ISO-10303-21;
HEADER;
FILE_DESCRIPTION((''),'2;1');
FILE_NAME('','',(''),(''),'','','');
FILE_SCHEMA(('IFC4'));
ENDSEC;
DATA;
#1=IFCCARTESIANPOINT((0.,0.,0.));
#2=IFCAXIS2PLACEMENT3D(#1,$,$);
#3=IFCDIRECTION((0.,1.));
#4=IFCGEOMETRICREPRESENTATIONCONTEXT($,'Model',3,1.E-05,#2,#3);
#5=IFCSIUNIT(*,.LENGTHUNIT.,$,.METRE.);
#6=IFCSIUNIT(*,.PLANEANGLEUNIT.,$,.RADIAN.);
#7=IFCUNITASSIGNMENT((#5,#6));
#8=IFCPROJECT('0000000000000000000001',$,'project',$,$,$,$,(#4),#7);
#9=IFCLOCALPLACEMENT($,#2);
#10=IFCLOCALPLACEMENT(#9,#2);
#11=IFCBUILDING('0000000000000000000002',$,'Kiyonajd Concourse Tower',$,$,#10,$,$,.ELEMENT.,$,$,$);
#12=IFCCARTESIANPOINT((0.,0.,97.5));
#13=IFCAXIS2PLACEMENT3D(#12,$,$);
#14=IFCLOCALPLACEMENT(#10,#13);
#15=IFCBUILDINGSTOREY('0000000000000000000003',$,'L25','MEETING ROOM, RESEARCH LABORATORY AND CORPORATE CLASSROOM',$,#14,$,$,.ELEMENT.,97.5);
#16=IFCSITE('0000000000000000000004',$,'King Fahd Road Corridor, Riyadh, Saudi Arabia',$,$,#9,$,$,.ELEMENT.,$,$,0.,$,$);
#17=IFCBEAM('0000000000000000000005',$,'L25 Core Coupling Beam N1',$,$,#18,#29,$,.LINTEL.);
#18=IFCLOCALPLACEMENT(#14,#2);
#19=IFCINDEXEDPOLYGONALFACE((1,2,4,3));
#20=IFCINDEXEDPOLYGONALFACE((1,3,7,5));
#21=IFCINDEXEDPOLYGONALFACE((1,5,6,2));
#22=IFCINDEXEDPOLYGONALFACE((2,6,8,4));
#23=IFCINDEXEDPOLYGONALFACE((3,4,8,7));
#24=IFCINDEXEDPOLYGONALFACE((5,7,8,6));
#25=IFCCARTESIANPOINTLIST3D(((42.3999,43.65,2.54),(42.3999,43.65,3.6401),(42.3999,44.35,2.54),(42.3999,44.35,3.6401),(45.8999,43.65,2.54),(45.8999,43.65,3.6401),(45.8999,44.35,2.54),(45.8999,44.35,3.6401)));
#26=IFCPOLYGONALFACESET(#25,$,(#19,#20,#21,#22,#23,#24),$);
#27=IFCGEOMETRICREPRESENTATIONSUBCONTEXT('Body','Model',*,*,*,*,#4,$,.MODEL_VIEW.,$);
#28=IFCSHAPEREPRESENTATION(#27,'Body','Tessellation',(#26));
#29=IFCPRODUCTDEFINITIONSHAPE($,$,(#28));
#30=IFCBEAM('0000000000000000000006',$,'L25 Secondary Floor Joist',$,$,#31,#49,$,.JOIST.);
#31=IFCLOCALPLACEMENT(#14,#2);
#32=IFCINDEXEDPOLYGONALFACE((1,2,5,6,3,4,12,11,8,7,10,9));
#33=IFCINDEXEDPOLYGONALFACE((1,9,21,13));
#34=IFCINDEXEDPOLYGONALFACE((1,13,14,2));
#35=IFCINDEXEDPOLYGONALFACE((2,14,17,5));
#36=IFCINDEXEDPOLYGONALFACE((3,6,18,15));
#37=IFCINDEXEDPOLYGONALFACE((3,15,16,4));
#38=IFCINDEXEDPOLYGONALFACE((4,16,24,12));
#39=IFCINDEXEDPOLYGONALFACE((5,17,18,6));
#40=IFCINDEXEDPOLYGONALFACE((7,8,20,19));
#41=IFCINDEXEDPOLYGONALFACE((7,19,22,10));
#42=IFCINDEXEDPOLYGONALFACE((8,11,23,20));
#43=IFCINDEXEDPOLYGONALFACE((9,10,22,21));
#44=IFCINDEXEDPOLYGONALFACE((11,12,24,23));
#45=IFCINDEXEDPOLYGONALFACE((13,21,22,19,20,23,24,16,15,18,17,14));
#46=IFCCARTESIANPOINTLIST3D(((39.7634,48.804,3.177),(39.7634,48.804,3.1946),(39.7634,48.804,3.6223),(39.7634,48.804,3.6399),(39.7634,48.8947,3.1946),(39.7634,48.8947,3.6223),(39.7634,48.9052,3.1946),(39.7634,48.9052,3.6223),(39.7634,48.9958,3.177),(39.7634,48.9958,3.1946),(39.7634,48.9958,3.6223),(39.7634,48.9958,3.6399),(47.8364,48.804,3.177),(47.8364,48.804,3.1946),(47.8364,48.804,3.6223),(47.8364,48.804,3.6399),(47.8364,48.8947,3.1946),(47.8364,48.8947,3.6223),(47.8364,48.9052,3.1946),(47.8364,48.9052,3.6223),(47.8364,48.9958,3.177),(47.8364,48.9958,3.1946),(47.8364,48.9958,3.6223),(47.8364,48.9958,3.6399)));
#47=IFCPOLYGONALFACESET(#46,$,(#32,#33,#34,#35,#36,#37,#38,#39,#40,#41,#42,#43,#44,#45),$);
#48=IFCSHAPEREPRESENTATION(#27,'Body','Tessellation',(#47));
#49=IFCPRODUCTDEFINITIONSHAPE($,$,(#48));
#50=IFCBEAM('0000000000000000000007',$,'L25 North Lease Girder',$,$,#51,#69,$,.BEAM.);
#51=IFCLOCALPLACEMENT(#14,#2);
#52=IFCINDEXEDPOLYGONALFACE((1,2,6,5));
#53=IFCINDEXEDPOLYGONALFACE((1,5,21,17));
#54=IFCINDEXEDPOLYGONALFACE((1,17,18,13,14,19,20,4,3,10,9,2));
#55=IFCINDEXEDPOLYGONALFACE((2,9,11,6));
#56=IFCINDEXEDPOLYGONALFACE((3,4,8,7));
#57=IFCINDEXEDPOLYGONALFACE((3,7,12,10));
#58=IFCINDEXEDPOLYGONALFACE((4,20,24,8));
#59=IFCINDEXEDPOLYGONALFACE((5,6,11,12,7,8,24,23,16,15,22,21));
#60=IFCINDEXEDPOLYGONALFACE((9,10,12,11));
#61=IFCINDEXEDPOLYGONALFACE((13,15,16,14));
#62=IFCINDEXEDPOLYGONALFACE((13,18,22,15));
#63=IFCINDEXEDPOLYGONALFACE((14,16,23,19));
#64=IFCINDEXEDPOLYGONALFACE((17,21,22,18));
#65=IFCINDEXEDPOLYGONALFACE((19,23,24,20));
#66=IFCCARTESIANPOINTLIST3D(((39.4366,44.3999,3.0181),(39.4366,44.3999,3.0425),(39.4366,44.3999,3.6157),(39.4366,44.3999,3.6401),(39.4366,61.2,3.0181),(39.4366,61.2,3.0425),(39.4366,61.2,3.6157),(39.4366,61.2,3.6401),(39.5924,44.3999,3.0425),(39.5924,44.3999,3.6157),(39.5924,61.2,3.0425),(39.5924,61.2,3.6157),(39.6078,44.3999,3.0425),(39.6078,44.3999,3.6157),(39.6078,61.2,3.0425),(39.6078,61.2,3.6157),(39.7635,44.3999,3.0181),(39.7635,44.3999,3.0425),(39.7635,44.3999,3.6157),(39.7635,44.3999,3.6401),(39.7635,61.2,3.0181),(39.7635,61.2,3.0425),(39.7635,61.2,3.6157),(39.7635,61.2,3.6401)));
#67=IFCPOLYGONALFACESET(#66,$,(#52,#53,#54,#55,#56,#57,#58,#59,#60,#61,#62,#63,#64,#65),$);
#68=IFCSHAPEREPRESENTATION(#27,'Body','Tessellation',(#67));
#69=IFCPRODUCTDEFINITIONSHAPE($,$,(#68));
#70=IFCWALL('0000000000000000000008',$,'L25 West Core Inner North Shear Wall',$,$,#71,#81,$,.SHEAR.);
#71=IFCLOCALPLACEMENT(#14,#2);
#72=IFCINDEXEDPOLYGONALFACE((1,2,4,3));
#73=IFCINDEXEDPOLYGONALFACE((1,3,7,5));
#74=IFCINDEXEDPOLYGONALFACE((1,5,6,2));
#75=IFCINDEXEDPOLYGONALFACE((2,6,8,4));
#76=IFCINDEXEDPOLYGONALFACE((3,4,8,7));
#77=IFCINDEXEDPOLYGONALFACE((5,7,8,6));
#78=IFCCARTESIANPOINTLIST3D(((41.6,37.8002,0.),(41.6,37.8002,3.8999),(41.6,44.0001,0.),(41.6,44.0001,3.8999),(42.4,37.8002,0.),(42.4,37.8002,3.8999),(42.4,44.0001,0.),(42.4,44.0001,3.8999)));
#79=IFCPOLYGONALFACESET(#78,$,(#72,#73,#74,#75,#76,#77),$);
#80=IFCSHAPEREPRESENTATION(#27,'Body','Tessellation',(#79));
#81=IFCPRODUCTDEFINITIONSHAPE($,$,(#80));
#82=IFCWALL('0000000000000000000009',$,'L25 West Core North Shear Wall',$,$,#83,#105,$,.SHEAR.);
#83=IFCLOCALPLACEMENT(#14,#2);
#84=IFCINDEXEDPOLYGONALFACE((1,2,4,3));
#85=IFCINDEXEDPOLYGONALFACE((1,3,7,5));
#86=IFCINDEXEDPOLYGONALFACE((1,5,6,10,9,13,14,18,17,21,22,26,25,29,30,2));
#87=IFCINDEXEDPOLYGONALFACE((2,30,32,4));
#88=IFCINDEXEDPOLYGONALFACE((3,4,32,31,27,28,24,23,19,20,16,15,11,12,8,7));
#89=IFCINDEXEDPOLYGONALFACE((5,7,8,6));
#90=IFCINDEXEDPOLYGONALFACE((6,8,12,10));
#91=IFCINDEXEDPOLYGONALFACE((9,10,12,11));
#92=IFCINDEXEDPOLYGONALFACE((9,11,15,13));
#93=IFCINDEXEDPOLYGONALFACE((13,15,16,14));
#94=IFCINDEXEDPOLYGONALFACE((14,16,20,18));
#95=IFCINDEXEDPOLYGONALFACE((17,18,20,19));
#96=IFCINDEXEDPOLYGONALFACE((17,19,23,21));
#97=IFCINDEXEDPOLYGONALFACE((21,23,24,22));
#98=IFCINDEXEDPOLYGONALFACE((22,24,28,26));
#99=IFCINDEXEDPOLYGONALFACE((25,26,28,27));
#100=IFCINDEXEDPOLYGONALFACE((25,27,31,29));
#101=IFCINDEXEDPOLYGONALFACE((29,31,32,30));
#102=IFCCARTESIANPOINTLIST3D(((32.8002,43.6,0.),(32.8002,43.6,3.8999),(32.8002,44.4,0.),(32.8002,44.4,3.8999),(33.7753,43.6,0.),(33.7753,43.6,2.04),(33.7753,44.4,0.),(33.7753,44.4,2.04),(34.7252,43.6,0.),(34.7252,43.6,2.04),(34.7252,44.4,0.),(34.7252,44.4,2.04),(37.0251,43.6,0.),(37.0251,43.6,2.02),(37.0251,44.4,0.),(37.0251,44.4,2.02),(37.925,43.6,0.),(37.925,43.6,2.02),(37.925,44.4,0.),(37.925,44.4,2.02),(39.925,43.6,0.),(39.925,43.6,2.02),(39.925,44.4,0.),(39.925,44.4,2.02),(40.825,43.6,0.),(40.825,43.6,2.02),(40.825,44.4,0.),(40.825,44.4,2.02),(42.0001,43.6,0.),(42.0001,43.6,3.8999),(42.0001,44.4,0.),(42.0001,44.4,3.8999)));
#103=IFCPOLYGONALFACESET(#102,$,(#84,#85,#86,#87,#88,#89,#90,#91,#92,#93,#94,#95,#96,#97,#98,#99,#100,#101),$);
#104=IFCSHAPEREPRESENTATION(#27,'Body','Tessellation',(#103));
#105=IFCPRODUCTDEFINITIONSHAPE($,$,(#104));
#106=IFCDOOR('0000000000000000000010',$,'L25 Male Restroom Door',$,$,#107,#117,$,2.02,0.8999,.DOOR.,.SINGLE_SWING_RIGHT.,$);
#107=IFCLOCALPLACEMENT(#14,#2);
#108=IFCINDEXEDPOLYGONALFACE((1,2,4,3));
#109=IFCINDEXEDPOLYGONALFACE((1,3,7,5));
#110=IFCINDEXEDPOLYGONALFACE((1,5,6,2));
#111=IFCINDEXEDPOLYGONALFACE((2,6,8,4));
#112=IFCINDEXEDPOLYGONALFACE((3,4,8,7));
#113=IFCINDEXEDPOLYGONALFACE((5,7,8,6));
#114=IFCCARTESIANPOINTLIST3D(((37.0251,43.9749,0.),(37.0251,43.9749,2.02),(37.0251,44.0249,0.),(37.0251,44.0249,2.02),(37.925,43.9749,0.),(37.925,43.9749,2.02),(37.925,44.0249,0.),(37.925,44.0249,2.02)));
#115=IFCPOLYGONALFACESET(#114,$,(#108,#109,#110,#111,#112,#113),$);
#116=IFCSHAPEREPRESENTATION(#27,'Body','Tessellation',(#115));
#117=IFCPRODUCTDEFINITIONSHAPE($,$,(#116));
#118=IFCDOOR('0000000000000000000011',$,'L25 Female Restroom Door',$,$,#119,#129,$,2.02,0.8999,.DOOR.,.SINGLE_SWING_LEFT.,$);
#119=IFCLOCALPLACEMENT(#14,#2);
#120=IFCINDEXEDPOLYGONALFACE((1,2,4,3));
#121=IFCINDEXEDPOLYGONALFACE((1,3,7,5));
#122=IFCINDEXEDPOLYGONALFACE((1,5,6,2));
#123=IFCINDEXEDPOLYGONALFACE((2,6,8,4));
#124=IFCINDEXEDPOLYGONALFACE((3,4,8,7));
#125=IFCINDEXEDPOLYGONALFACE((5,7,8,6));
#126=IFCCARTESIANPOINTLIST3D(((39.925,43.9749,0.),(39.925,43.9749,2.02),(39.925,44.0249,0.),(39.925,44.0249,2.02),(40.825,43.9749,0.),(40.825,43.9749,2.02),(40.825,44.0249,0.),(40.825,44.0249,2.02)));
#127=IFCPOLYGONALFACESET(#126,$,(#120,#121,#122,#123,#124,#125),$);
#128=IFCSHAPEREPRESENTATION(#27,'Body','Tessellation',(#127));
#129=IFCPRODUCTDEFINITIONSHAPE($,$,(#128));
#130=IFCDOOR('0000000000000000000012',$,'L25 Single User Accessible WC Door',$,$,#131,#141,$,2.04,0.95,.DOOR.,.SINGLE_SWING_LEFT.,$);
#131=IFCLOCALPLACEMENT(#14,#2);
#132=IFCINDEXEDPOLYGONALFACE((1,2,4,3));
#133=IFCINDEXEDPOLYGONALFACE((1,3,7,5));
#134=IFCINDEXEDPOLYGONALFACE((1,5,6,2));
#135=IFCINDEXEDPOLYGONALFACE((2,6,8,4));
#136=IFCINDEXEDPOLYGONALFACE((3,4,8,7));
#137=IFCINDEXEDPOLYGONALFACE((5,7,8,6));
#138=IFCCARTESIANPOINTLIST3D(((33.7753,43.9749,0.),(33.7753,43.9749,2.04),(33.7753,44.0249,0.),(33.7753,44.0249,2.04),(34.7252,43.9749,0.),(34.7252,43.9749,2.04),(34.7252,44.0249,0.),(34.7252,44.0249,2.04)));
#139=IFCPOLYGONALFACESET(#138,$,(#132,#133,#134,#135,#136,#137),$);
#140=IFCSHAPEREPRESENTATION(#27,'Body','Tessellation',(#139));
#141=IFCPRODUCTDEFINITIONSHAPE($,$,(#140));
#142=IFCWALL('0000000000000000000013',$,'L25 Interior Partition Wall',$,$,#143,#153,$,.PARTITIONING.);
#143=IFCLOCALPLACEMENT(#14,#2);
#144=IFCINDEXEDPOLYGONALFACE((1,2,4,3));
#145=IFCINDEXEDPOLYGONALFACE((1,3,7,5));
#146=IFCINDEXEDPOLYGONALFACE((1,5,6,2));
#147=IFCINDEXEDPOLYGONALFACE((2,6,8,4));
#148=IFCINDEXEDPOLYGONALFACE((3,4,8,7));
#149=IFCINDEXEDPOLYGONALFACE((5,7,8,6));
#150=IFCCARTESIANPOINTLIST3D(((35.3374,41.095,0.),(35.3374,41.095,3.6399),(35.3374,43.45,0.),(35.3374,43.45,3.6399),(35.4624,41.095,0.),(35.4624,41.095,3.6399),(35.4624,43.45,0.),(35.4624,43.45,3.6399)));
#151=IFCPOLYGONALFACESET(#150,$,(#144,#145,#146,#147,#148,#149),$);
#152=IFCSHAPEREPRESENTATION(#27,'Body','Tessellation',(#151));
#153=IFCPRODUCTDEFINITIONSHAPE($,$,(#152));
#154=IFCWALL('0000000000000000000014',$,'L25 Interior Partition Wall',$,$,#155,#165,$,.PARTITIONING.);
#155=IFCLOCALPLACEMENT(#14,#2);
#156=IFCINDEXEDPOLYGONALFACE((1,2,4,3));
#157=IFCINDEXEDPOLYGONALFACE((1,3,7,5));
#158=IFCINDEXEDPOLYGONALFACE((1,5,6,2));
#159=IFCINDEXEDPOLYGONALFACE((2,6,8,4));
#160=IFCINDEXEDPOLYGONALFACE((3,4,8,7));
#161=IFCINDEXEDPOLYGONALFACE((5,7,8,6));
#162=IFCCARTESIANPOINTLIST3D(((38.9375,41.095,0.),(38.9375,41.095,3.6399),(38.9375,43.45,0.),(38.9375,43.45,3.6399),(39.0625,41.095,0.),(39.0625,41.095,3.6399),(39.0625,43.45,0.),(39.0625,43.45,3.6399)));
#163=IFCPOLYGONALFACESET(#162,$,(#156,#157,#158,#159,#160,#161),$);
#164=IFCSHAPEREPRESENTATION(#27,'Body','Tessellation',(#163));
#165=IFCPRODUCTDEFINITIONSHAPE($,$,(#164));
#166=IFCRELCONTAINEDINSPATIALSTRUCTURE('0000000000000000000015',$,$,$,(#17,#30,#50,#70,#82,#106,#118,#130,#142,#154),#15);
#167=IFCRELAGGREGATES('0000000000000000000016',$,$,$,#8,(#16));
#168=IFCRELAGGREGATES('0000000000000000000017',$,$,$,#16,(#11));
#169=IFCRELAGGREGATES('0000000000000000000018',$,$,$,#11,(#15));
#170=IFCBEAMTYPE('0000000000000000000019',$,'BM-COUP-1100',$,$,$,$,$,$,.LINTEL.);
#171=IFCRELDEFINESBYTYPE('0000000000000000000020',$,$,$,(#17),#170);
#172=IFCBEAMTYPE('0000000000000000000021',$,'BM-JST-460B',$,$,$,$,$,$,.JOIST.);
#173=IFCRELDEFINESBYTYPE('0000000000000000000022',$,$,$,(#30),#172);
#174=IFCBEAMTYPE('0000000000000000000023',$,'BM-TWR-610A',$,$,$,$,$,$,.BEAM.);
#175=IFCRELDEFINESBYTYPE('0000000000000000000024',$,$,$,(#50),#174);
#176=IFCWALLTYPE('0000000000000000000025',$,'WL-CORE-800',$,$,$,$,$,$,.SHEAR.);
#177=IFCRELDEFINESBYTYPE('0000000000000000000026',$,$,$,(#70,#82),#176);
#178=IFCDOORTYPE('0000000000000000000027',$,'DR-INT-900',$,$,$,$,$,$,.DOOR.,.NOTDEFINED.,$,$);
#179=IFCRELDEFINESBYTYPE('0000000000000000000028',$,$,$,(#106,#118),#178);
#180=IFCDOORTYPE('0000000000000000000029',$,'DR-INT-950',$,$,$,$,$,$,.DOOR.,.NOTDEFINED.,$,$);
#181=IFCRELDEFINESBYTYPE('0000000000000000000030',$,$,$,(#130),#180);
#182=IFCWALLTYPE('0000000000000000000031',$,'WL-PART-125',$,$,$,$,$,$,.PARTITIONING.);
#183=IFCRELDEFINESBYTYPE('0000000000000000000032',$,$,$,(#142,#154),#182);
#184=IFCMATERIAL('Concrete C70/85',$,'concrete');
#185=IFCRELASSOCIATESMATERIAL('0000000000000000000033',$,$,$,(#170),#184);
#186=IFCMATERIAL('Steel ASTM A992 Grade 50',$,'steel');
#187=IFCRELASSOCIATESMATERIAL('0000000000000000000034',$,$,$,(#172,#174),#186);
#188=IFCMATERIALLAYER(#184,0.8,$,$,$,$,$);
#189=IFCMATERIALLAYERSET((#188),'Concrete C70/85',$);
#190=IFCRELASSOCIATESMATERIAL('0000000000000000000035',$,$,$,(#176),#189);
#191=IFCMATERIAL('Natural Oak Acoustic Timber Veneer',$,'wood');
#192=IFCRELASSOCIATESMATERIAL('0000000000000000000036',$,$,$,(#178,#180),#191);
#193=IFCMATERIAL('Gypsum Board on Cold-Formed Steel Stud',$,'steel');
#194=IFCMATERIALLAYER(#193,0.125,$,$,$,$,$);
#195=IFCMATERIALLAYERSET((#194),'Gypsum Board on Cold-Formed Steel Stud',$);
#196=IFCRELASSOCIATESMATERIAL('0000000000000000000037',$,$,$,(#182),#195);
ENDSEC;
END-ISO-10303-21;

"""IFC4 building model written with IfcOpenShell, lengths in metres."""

from ifc_helpers import new_model, si_unit, direction, frame, frame_2d, origin, origin_2d, place, context, subcontext, project, spatial, rectangle, i_section, extrude, material, layer, layer_set, material_profile, profile_set, type_object, element, fill, save


model = new_model("IFC4")

# Units and contexts
model_context = context("Model", 3, precision=1e-05, world=origin(), true_north=direction((0.0, 1.0)))
body_context = subcontext(model_context, "Body", "Model", "MODEL_VIEW")
ifc_project = project(units=[si_unit("LENGTHUNIT", "METRE"), si_unit("PLANEANGLEUNIT", "RADIAN")], contexts=[model_context])

# Site, building, storey
site_placement = place(None, origin())
site = spatial("IfcSite", under=ifc_project, at=site_placement, Name="King Fahd Road Corridor, Riyadh, Saudi Arabia", CompositionType="ELEMENT", RefElevation=0.0)
building_placement = place(site_placement, origin())
building = spatial("IfcBuilding", under=site, at=building_placement, Name="Kiyonajd Concourse Tower", CompositionType="ELEMENT")
storey_placement = place(building_placement, frame((0.0, 0.0, 97.5)))
storey = spatial("IfcBuildingStorey", under=building, at=storey_placement, Name="L25", Description="MEETING ROOM, RESEARCH LABORATORY AND CORPORATE CLASSROOM", CompositionType="ELEMENT", Elevation=97.5)

# Beams
ifc_material_1 = material(Name="Concrete C70/85", Category="concrete")
ifc_material_profile_1 = material_profile(ifc_material_1, rectangle(XDim=0.7, YDim=1.1001, at=origin_2d()), Name="RCBM-700x1100")
ifc_profile_set_1 = profile_set([ifc_material_profile_1], Name="Concrete C70/85")
beam_type_1 = type_object("IfcBeamType", Name="BM-COUP-1100", PredefinedType="LINTEL", material=ifc_profile_set_1)
beam_1_placement = place(storey_placement, frame((42.3999, 44.0, 3.0901), z_axis=(1.0, 0.0, 0.0), x_axis=(0.0, 1.0, 0.0)))
element("IfcBeam", 1, at=beam_1_placement, inside=storey, type_object=beam_type_1, Name="L25 Core Coupling Beam N1", PredefinedType="LINTEL", context=body_context, shape_type="SweptSolid", body=[
    extrude(rectangle(XDim=0.7, YDim=1.1001, at=origin_2d()), origin(), (0.0, 0.0, 1.0), 3.5),
])
ifc_material_2 = material(Name="Steel ASTM A992 Grade 50", Category="steel")
ifc_material_profile_2 = material_profile(ifc_material_2, i_section(OverallWidth=0.1919, OverallDepth=0.4629, WebThickness=0.0105, FlangeThickness=0.0176, at=origin_2d()), Name="W460X89")
ifc_profile_set_2 = profile_set([ifc_material_profile_2], Name="Steel ASTM A992 Grade 50")
beam_type_2 = type_object("IfcBeamType", Name="BM-JST-460B", PredefinedType="JOIST", material=ifc_profile_set_2)
beam_2_placement = place(storey_placement, frame((39.7634, 48.8999, 3.4084), z_axis=(1.0, 0.0, 0.0), x_axis=(0.0, 1.0, 0.0)))
element("IfcBeam", 2, at=beam_2_placement, inside=storey, type_object=beam_type_2, Name="L25 Secondary Floor Joist", PredefinedType="JOIST", context=body_context, shape_type="SweptSolid", body=[
    extrude(i_section(OverallWidth=0.1919, OverallDepth=0.4629, WebThickness=0.0105, FlangeThickness=0.0176, at=origin_2d()), origin(), (0.0, 0.0, 1.0), 8.073),
])
ifc_material_profile_3 = material_profile(ifc_material_2, i_section(OverallWidth=0.3269, OverallDepth=0.6221, WebThickness=0.0154, FlangeThickness=0.0244, at=origin_2d()), Name="W610X195")
ifc_profile_set_3 = profile_set([ifc_material_profile_3], Name="Steel ASTM A992 Grade 50")
beam_type_3 = type_object("IfcBeamType", Name="BM-TWR-610A", PredefinedType="BEAM", material=ifc_profile_set_3)
beam_3_placement = place(storey_placement, frame((39.6001, 44.3999, 3.3291), z_axis=(0.0, 1.0, 0.0), x_axis=(-1.0, 0.0, 0.0)))
element("IfcBeam", 3, at=beam_3_placement, inside=storey, type_object=beam_type_3, Name="L25 North Lease Girder", PredefinedType="BEAM", context=body_context, shape_type="SweptSolid", body=[
    extrude(i_section(OverallWidth=0.3269, OverallDepth=0.6221, WebThickness=0.0154, FlangeThickness=0.0244, at=origin_2d()), origin(), (0.0, 0.0, 1.0), 16.8),
])

# Wall
ifc_layer_1 = layer(ifc_material_1, 0.8)
ifc_layer_set_1 = layer_set([ifc_layer_1], Name="Concrete C70/85")
wall_type_1 = type_object("IfcWallType", Name="WL-CORE-800", PredefinedType="SHEAR", material=ifc_layer_set_1)
wall_1_placement = place(storey_placement, frame((42.0, 37.8, 0.0), z_axis=(0.0, 0.0, 1.0), x_axis=(0.0, 1.0, 0.0)))
element("IfcWall", 4, at=wall_1_placement, inside=storey, type_object=wall_type_1, Name="L25 West Core Inner North Shear Wall", PredefinedType="SHEAR", context=body_context, shape_type="SweptSolid", body=[
    extrude(rectangle(XDim=6.2, YDim=0.8, at=frame_2d((3.1001, 0.0))), origin(), (0.0, 0.0, 1.0), 3.8999),
])

# Wall, openings, doors
wall_2_placement = place(storey_placement, frame((32.8, 44.0, 0.0), z_axis=(0.0, 0.0, 1.0), x_axis=(1.0, 0.0, 0.0)))
wall_2 = element("IfcWall", 5, at=wall_2_placement, inside=storey, type_object=wall_type_1, Name="L25 West Core North Shear Wall", PredefinedType="SHEAR", context=body_context, shape_type="SweptSolid", body=[
    extrude(rectangle(XDim=9.2, YDim=0.8, at=frame_2d((4.6001, 0.0))), origin(), (0.0, 0.0, 1.0), 3.8999),
])
opening_1_placement = place(wall_2_placement, frame((0.9751, 0.0, 0.0)))
opening_1 = element("IfcOpeningElement", 6, at=opening_1_placement, cuts=wall_2, PredefinedType="OPENING", context=body_context, shape_type="SweptSolid", body=[
    extrude(rectangle(XDim=0.95, YDim=2.04, at=frame_2d((0.4751, 1.02))), frame((0.0, 0.4099, 0.0), z_axis=(0.0, -1.0, 0.0), x_axis=(1.0, 0.0, 0.0)), (0.0, 0.0, 1.0), 0.8201),
])
opening_2_placement = place(wall_2_placement, frame((4.2251, 0.0, 0.0)))
opening_2 = element("IfcOpeningElement", 7, at=opening_2_placement, cuts=wall_2, PredefinedType="OPENING", context=body_context, shape_type="SweptSolid", body=[
    extrude(rectangle(XDim=0.8999, YDim=2.02, at=frame_2d((0.45, 1.01))), frame((0.0, 0.4099, 0.0), z_axis=(0.0, -1.0, 0.0), x_axis=(1.0, 0.0, 0.0)), (0.0, 0.0, 1.0), 0.8201),
])
opening_3_placement = place(wall_2_placement, frame((7.125, 0.0, 0.0)))
opening_3 = element("IfcOpeningElement", 8, at=opening_3_placement, cuts=wall_2, PredefinedType="OPENING", context=body_context, shape_type="SweptSolid", body=[
    extrude(rectangle(XDim=0.8999, YDim=2.02, at=frame_2d((0.45, 1.01))), frame((0.0, 0.4099, 0.0), z_axis=(0.0, -1.0, 0.0), x_axis=(1.0, 0.0, 0.0)), (0.0, 0.0, 1.0), 0.8201),
])
ifc_material_3 = material(Name="Natural Oak Acoustic Timber Veneer", Category="wood")
door_type_1 = type_object("IfcDoorType", Name="DR-INT-900", OperationType="NOTDEFINED", PredefinedType="DOOR", material=ifc_material_3)
door_1_placement = place(opening_2_placement, origin())
door_1 = element("IfcDoor", 9, at=door_1_placement, inside=storey, type_object=door_type_1, Name="L25 Male Restroom Door", OperationType="SINGLE_SWING_RIGHT", OverallHeight=2.02, OverallWidth=0.8999, PredefinedType="DOOR", context=body_context, shape_type="SweptSolid", body=[
    extrude(rectangle(XDim=0.8999, YDim=2.02, at=frame_2d((0.45, 1.01))), frame((0.0, 0.0249, 0.0), z_axis=(0.0, -1.0, 0.0), x_axis=(1.0, 0.0, 0.0)), (0.0, 0.0, 1.0), 0.05),
])
fill(opening_2, door_1)
door_2_placement = place(opening_3_placement, origin())
door_2 = element("IfcDoor", 10, at=door_2_placement, inside=storey, type_object=door_type_1, Name="L25 Female Restroom Door", OperationType="SINGLE_SWING_LEFT", OverallHeight=2.02, OverallWidth=0.8999, PredefinedType="DOOR", context=body_context, shape_type="SweptSolid", body=[
    extrude(rectangle(XDim=0.8999, YDim=2.02, at=frame_2d((0.45, 1.01))), frame((0.0, 0.0249, 0.0), z_axis=(0.0, -1.0, 0.0), x_axis=(1.0, 0.0, 0.0)), (0.0, 0.0, 1.0), 0.05),
])
fill(opening_3, door_2)
door_type_2 = type_object("IfcDoorType", Name="DR-INT-950", OperationType="NOTDEFINED", PredefinedType="DOOR", material=ifc_material_3)
door_3_placement = place(opening_1_placement, origin())
door_3 = element("IfcDoor", 11, at=door_3_placement, inside=storey, type_object=door_type_2, Name="L25 Single User Accessible WC Door", OperationType="SINGLE_SWING_LEFT", OverallHeight=2.04, OverallWidth=0.95, PredefinedType="DOOR", context=body_context, shape_type="SweptSolid", body=[
    extrude(rectangle(XDim=0.95, YDim=2.04, at=frame_2d((0.4751, 1.02))), frame((0.0, 0.0249, 0.0), z_axis=(0.0, -1.0, 0.0), x_axis=(1.0, 0.0, 0.0)), (0.0, 0.0, 1.0), 0.05),
])
fill(opening_1, door_3)

# Walls
ifc_material_4 = material(Name="Gypsum Board on Cold-Formed Steel Stud", Category="steel")
ifc_layer_2 = layer(ifc_material_4, 0.125)
ifc_layer_set_2 = layer_set([ifc_layer_2], Name="Gypsum Board on Cold-Formed Steel Stud")
wall_type_2 = type_object("IfcWallType", Name="WL-PART-125", PredefinedType="PARTITIONING", material=ifc_layer_set_2)
for number, where, z_axis, x_axis, name in (
    (12, (35.3999, 41.095, 0.0), (0.0, 0.0, 1.0), (0.0, 1.0, 0.0), "L25 Interior Partition Wall"),
    (13, (39.0, 41.095, 0.0), (0.0, 0.0, 1.0), (0.0, 1.0, 0.0), "L25 Interior Partition Wall"),
):
    element("IfcWall", number, at=place(storey_placement, frame(where, z_axis=z_axis, x_axis=x_axis)), inside=storey, type_object=wall_type_2, Name=name, PredefinedType="PARTITIONING", context=body_context, shape_type="SweptSolid", body=[
        extrude(rectangle(XDim=2.355, YDim=0.125, at=frame_2d((1.1775, 0.0))), origin(), (0.0, 0.0, 1.0), 3.6399),
    ])

save(model, "model.ifc")
